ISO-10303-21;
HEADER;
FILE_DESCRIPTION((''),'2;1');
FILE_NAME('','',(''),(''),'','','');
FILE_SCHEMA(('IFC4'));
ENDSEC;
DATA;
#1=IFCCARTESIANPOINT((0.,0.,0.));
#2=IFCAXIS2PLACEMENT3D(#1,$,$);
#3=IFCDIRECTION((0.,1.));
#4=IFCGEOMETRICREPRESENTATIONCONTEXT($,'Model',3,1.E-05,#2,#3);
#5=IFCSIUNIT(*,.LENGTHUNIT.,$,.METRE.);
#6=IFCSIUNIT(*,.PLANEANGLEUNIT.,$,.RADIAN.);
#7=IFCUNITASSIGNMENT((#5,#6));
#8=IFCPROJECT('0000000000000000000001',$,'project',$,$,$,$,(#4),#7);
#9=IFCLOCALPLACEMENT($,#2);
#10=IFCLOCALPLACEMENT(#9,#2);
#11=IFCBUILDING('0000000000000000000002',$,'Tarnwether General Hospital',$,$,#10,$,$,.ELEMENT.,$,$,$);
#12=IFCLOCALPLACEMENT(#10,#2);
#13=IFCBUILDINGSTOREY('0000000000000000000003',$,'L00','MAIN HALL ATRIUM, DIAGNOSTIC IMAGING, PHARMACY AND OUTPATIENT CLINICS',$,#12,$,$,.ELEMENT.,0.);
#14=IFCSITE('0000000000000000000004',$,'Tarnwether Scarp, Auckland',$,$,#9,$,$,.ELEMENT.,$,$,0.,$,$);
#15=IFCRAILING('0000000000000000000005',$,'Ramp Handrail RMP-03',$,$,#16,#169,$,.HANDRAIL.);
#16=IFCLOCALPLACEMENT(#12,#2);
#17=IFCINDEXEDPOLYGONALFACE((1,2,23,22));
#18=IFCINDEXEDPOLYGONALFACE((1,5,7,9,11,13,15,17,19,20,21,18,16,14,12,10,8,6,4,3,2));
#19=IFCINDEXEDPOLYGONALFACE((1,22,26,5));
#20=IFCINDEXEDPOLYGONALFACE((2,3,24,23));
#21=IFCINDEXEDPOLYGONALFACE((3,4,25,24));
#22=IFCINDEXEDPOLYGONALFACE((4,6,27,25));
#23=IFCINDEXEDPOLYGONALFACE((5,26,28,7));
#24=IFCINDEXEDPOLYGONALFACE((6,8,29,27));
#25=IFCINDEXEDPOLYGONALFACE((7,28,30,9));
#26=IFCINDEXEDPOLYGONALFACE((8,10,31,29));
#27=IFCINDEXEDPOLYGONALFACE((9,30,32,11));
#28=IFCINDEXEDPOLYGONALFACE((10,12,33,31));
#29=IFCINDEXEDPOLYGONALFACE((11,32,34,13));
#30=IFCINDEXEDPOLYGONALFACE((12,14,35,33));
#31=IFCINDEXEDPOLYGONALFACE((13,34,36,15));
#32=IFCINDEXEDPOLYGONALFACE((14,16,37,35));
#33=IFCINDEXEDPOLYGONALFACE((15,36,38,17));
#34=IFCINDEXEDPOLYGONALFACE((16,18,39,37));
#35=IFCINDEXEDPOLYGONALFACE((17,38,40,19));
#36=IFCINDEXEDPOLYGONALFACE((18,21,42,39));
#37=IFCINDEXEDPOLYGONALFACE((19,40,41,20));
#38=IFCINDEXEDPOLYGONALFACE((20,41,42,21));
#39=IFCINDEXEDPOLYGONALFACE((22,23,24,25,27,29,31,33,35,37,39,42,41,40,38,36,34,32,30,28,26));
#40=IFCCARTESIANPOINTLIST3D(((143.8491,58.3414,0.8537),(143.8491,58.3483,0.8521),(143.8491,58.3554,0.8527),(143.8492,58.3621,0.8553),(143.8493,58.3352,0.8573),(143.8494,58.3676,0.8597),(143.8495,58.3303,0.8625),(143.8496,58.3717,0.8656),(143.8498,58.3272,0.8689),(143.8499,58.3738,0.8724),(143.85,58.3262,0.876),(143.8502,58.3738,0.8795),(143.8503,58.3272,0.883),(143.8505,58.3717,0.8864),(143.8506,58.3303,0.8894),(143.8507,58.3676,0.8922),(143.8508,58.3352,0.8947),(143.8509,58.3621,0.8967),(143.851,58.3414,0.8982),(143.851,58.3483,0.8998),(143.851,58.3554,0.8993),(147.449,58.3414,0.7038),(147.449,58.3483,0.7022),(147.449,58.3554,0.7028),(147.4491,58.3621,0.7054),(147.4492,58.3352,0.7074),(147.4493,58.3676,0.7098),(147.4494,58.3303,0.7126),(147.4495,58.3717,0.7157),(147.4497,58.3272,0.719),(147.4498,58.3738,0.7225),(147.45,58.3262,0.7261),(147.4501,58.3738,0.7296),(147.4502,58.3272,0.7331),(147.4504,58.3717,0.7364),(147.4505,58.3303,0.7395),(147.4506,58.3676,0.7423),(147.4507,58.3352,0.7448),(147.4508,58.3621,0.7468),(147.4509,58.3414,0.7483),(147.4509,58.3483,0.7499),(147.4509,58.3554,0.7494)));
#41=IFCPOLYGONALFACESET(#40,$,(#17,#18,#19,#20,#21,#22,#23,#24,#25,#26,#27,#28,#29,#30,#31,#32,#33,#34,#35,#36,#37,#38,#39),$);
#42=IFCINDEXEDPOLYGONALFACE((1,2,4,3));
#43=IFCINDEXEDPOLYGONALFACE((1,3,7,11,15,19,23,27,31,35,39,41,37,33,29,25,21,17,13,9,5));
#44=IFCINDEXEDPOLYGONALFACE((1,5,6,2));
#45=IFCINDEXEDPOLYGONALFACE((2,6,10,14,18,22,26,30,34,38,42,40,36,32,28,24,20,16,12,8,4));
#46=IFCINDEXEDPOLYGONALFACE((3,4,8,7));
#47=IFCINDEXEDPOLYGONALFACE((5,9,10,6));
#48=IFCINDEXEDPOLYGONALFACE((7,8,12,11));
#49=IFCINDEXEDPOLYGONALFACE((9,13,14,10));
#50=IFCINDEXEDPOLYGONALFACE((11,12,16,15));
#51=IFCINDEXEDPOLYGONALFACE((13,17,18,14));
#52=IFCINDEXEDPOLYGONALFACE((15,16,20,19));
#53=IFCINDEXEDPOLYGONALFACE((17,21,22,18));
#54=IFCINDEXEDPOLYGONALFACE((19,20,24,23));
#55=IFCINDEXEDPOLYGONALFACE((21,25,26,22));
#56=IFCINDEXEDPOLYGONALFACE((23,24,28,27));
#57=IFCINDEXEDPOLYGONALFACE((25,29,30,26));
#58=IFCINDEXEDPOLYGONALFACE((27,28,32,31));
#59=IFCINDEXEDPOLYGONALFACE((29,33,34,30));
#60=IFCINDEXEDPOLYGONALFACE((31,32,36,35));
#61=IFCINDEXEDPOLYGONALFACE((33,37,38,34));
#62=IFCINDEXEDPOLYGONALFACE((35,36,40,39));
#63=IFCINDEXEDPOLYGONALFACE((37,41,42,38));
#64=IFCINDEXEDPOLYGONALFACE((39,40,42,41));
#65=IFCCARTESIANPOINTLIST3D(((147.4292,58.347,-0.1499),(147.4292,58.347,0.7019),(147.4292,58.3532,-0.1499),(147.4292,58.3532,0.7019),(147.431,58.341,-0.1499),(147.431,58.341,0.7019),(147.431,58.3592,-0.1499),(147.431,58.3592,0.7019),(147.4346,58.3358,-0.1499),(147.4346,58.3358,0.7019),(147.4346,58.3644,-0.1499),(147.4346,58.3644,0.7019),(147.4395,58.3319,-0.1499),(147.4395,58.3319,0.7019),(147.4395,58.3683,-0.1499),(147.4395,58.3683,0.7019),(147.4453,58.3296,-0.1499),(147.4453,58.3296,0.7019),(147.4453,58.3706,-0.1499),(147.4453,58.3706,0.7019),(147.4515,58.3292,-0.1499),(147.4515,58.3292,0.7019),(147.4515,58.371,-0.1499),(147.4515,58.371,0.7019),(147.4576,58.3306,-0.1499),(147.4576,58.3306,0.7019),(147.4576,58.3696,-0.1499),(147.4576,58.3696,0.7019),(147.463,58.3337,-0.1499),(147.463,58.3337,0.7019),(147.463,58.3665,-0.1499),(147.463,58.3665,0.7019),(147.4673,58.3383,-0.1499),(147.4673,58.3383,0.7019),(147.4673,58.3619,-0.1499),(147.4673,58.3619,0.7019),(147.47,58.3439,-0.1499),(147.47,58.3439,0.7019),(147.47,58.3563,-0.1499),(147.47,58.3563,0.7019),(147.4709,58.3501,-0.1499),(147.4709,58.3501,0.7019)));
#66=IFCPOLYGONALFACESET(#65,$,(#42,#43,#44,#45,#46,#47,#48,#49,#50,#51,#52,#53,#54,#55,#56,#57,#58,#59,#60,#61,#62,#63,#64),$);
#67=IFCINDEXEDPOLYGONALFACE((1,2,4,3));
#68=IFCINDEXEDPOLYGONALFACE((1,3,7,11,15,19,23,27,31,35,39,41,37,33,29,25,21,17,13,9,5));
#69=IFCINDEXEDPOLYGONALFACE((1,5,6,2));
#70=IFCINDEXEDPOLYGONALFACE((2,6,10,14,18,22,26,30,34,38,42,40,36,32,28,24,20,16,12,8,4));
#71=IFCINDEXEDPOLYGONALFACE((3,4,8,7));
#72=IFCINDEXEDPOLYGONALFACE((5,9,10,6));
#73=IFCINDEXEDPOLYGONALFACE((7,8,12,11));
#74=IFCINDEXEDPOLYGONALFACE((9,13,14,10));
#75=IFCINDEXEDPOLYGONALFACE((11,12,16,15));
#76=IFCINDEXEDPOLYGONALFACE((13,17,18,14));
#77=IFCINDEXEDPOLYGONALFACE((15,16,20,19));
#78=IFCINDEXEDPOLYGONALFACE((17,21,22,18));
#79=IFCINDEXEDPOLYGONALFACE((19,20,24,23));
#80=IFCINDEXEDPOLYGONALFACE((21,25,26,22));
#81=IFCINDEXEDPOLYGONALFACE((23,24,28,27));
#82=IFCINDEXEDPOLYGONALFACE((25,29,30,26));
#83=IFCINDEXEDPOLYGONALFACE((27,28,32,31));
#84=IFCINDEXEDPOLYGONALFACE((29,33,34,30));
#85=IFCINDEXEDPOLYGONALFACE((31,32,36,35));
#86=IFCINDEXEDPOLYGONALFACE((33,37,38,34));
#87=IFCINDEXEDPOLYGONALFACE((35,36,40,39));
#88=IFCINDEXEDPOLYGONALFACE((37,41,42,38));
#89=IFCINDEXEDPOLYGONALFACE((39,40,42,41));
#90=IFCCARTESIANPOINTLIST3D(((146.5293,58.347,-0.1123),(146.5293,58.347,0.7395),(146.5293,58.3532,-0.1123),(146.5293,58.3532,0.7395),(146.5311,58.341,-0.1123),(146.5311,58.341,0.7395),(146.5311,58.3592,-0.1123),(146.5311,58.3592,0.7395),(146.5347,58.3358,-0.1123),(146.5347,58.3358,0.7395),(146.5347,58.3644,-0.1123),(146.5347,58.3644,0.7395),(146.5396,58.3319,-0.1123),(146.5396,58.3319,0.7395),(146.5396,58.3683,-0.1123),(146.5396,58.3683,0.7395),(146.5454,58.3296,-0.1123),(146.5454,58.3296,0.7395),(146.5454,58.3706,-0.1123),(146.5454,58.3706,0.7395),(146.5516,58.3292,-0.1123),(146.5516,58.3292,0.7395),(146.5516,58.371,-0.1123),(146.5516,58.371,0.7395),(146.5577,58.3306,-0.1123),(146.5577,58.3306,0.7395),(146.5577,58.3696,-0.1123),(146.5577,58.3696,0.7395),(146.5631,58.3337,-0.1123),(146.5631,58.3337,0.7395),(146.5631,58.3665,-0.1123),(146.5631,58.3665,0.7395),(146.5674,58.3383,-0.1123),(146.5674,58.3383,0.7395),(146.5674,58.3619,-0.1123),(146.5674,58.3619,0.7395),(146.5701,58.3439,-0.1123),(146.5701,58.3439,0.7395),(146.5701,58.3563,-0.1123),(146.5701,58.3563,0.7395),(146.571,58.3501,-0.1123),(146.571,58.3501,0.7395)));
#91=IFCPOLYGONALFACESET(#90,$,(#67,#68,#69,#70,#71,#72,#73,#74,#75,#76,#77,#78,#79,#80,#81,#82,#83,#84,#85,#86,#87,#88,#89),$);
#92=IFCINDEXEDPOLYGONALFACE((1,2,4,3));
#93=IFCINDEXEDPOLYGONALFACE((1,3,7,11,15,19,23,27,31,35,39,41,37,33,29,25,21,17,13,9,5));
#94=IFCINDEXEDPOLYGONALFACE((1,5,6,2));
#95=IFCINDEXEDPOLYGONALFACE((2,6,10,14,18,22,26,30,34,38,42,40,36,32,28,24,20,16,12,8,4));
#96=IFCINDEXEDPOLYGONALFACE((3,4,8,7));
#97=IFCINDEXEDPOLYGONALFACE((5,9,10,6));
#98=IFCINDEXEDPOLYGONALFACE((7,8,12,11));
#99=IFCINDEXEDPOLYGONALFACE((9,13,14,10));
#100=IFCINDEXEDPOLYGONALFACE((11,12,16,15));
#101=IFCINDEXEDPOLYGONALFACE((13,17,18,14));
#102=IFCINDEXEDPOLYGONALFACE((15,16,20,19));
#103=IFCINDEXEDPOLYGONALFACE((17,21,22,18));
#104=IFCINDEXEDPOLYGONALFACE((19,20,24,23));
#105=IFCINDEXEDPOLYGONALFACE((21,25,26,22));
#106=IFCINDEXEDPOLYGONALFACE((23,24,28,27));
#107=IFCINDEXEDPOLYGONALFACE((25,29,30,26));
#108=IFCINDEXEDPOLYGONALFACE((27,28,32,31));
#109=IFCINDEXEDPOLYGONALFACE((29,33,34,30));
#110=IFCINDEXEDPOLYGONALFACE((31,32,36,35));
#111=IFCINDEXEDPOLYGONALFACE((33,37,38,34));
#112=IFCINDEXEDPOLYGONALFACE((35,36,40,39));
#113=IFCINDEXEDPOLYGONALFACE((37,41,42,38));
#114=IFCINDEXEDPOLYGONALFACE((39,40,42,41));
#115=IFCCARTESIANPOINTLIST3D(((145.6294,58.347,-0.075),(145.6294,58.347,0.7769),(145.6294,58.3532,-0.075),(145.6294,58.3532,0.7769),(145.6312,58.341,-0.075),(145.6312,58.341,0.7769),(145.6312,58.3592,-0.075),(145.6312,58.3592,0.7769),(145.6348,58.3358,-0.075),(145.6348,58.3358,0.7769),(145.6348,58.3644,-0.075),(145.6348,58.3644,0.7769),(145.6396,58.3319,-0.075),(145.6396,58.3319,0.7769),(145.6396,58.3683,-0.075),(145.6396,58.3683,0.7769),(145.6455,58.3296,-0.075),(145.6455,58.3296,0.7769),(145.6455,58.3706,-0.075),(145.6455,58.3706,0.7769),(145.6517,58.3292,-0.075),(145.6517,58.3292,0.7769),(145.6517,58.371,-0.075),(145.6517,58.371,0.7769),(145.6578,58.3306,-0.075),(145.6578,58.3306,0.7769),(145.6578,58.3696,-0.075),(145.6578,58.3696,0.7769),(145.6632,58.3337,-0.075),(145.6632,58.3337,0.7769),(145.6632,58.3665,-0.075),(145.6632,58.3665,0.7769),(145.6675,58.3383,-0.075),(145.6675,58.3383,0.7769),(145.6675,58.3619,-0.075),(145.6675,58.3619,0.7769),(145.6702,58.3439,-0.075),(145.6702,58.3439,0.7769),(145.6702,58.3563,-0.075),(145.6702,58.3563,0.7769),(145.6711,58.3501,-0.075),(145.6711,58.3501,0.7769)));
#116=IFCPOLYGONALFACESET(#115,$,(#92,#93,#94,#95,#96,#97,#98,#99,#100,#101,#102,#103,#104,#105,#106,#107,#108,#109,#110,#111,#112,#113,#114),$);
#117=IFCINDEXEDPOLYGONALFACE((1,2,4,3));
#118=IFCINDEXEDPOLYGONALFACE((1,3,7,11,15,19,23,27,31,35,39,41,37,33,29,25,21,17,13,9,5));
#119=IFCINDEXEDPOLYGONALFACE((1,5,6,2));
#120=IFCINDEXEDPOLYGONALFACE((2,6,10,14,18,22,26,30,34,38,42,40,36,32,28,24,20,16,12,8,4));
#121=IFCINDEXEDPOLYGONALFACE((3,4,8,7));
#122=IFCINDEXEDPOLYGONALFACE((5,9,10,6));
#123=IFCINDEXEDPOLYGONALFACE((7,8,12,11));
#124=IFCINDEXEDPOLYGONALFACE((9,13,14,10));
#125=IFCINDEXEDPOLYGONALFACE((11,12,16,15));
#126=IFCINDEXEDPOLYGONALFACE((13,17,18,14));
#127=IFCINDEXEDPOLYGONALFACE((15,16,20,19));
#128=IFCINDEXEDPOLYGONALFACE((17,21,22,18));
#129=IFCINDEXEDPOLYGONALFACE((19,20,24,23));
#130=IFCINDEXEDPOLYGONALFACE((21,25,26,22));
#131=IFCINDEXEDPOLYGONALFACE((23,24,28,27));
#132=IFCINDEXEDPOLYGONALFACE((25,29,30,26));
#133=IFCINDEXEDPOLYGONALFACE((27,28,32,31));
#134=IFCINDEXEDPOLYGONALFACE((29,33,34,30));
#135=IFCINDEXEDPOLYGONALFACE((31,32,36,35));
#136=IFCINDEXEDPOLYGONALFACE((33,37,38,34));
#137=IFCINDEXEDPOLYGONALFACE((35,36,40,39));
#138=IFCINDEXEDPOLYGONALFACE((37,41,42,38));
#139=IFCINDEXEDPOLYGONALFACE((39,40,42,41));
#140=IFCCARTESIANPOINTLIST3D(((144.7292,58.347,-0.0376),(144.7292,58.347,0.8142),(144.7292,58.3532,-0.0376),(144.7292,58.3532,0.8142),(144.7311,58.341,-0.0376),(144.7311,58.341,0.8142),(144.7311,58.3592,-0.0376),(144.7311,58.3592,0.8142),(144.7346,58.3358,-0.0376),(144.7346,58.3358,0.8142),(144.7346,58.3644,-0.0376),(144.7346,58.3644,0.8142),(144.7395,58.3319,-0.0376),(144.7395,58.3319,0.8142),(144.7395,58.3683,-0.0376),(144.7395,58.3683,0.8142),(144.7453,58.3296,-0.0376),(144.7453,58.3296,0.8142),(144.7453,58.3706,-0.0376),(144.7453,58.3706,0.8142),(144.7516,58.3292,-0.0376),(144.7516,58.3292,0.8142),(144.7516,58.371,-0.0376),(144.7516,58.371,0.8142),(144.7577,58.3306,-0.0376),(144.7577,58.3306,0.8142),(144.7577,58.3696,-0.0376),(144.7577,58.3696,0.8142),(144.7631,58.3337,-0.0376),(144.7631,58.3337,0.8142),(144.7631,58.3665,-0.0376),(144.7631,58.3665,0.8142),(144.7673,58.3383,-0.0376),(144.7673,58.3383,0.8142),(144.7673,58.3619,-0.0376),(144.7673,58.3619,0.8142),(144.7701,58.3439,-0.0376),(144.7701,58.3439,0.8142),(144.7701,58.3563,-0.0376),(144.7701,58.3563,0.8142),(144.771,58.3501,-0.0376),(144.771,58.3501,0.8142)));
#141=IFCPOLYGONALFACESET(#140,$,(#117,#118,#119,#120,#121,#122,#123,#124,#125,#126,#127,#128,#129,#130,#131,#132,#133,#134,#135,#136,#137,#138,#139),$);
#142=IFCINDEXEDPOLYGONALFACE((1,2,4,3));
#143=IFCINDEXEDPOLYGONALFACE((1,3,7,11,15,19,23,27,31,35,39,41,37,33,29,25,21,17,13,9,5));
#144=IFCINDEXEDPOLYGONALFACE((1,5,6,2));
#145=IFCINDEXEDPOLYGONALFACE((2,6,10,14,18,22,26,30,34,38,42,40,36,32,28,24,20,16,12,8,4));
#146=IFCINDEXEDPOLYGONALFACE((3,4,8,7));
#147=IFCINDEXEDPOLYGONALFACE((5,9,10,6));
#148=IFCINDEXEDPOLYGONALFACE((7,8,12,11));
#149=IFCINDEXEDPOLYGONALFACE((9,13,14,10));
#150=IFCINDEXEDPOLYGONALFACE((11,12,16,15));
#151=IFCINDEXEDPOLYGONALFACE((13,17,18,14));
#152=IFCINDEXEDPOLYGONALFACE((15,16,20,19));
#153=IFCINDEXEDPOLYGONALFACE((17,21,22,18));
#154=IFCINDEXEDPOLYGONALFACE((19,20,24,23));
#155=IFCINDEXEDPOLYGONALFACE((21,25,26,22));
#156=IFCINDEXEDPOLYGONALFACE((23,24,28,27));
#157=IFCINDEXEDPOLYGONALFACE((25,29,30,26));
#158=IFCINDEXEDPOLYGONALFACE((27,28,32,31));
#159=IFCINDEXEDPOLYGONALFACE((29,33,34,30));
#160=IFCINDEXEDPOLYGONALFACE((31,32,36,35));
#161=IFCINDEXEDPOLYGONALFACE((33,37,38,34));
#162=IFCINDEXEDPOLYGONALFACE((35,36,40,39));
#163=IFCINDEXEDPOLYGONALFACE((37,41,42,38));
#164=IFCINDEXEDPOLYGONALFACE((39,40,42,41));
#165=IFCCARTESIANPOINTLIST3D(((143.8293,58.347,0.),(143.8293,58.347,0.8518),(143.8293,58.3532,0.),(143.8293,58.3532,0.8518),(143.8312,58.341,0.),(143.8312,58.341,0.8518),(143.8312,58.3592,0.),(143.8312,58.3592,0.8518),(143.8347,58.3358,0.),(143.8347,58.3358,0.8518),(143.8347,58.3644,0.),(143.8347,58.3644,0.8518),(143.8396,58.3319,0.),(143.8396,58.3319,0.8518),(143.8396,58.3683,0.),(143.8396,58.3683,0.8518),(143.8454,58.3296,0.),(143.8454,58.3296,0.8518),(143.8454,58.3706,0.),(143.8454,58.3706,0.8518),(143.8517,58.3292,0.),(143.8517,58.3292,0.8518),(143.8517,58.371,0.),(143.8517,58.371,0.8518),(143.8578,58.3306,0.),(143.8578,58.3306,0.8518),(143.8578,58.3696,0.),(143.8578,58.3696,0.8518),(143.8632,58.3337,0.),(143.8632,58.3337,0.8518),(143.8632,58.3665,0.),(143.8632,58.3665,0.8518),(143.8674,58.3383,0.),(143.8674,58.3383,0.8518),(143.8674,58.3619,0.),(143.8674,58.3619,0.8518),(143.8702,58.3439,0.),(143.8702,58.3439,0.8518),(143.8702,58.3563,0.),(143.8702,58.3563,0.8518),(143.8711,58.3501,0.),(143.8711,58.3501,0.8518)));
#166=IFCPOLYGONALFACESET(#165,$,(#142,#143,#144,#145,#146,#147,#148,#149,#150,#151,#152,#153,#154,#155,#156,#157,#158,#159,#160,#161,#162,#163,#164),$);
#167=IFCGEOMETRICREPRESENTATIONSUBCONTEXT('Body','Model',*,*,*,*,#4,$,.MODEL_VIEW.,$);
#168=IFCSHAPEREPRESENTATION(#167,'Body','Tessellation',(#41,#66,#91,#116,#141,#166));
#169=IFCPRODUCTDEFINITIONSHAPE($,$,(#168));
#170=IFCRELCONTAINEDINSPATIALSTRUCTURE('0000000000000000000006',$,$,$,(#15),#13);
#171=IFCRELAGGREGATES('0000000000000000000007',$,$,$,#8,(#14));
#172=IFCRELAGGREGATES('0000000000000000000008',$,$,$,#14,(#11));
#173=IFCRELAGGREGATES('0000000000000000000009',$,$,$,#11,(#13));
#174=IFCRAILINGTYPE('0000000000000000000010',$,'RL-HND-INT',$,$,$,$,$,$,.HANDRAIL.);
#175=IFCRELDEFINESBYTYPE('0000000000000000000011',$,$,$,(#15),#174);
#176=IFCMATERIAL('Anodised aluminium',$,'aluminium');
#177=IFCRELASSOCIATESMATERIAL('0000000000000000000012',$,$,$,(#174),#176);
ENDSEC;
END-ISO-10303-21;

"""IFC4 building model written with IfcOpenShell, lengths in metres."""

from ifc_helpers import new_model, si_unit, direction, frame, origin, origin_2d, place, context, subcontext, project, spatial, circle, extrude, material, type_object, element, save


model = new_model("IFC4")

# Units and contexts
model_context = context("Model", 3, precision=1e-05, world=origin(), true_north=direction((0.0, 1.0)))
body_context = subcontext(model_context, "Body", "Model", "MODEL_VIEW")
ifc_project = project(units=[si_unit("LENGTHUNIT", "METRE"), si_unit("PLANEANGLEUNIT", "RADIAN")], contexts=[model_context])

# Site, building, storey
site_placement = place(None, origin())
site = spatial("IfcSite", under=ifc_project, at=site_placement, Name="Tarnwether Scarp, Auckland", CompositionType="ELEMENT", RefElevation=0.0)
building_placement = place(site_placement, origin())
building = spatial("IfcBuilding", under=site, at=building_placement, Name="Tarnwether General Hospital", CompositionType="ELEMENT")
storey_placement = place(building_placement, origin())
storey = spatial("IfcBuildingStorey", under=building, at=storey_placement, Name="L00", Description="MAIN HALL ATRIUM, DIAGNOSTIC IMAGING, PHARMACY AND OUTPATIENT CLINICS", CompositionType="ELEMENT", Elevation=0.0)

# Railing
ifc_material_1 = material(Name="Anodised aluminium", Category="aluminium")
railing_type = type_object("IfcRailingType", Name="RL-HND-INT", PredefinedType="HANDRAIL", material=ifc_material_1)
for number, where, name in (
    (1, (147.45, 58.3501, -0.1499), "Ramp Handrail RMP-03"),
):
    element("IfcRailing", number, at=place(storey_placement, frame(where)), inside=storey, type_object=railing_type, Name=name, PredefinedType="HANDRAIL", context=body_context, shape_type="SweptSolid", body=[
        extrude(circle(Radius=0.0239, at=origin_2d()), frame((0.0, 0.0, 0.876), z_axis=(-0.999134, 0.0, 0.041605), x_axis=(0.0, -1.0, 0.0)), (0.0, 0.0, 1.0), 3.603),
        extrude(circle(Radius=0.021, at=origin_2d()), origin(), (0.0, 0.0, 1.0), 0.8518),
        extrude(circle(Radius=0.021, at=origin_2d()), frame((-0.8999, 0.0, 0.0376)), (0.0, 0.0, 1.0), 0.8518),
        extrude(circle(Radius=0.021, at=origin_2d()), frame((-1.7998, 0.0, 0.075)), (0.0, 0.0, 1.0), 0.8518),
        extrude(circle(Radius=0.021, at=origin_2d()), frame((-2.7, 0.0, 0.1123)), (0.0, 0.0, 1.0), 0.8518),
        extrude(circle(Radius=0.021, at=origin_2d()), frame((-3.5999, 0.0, 0.1499)), (0.0, 0.0, 1.0), 0.8518),
    ])

save(model, "model.ifc")
